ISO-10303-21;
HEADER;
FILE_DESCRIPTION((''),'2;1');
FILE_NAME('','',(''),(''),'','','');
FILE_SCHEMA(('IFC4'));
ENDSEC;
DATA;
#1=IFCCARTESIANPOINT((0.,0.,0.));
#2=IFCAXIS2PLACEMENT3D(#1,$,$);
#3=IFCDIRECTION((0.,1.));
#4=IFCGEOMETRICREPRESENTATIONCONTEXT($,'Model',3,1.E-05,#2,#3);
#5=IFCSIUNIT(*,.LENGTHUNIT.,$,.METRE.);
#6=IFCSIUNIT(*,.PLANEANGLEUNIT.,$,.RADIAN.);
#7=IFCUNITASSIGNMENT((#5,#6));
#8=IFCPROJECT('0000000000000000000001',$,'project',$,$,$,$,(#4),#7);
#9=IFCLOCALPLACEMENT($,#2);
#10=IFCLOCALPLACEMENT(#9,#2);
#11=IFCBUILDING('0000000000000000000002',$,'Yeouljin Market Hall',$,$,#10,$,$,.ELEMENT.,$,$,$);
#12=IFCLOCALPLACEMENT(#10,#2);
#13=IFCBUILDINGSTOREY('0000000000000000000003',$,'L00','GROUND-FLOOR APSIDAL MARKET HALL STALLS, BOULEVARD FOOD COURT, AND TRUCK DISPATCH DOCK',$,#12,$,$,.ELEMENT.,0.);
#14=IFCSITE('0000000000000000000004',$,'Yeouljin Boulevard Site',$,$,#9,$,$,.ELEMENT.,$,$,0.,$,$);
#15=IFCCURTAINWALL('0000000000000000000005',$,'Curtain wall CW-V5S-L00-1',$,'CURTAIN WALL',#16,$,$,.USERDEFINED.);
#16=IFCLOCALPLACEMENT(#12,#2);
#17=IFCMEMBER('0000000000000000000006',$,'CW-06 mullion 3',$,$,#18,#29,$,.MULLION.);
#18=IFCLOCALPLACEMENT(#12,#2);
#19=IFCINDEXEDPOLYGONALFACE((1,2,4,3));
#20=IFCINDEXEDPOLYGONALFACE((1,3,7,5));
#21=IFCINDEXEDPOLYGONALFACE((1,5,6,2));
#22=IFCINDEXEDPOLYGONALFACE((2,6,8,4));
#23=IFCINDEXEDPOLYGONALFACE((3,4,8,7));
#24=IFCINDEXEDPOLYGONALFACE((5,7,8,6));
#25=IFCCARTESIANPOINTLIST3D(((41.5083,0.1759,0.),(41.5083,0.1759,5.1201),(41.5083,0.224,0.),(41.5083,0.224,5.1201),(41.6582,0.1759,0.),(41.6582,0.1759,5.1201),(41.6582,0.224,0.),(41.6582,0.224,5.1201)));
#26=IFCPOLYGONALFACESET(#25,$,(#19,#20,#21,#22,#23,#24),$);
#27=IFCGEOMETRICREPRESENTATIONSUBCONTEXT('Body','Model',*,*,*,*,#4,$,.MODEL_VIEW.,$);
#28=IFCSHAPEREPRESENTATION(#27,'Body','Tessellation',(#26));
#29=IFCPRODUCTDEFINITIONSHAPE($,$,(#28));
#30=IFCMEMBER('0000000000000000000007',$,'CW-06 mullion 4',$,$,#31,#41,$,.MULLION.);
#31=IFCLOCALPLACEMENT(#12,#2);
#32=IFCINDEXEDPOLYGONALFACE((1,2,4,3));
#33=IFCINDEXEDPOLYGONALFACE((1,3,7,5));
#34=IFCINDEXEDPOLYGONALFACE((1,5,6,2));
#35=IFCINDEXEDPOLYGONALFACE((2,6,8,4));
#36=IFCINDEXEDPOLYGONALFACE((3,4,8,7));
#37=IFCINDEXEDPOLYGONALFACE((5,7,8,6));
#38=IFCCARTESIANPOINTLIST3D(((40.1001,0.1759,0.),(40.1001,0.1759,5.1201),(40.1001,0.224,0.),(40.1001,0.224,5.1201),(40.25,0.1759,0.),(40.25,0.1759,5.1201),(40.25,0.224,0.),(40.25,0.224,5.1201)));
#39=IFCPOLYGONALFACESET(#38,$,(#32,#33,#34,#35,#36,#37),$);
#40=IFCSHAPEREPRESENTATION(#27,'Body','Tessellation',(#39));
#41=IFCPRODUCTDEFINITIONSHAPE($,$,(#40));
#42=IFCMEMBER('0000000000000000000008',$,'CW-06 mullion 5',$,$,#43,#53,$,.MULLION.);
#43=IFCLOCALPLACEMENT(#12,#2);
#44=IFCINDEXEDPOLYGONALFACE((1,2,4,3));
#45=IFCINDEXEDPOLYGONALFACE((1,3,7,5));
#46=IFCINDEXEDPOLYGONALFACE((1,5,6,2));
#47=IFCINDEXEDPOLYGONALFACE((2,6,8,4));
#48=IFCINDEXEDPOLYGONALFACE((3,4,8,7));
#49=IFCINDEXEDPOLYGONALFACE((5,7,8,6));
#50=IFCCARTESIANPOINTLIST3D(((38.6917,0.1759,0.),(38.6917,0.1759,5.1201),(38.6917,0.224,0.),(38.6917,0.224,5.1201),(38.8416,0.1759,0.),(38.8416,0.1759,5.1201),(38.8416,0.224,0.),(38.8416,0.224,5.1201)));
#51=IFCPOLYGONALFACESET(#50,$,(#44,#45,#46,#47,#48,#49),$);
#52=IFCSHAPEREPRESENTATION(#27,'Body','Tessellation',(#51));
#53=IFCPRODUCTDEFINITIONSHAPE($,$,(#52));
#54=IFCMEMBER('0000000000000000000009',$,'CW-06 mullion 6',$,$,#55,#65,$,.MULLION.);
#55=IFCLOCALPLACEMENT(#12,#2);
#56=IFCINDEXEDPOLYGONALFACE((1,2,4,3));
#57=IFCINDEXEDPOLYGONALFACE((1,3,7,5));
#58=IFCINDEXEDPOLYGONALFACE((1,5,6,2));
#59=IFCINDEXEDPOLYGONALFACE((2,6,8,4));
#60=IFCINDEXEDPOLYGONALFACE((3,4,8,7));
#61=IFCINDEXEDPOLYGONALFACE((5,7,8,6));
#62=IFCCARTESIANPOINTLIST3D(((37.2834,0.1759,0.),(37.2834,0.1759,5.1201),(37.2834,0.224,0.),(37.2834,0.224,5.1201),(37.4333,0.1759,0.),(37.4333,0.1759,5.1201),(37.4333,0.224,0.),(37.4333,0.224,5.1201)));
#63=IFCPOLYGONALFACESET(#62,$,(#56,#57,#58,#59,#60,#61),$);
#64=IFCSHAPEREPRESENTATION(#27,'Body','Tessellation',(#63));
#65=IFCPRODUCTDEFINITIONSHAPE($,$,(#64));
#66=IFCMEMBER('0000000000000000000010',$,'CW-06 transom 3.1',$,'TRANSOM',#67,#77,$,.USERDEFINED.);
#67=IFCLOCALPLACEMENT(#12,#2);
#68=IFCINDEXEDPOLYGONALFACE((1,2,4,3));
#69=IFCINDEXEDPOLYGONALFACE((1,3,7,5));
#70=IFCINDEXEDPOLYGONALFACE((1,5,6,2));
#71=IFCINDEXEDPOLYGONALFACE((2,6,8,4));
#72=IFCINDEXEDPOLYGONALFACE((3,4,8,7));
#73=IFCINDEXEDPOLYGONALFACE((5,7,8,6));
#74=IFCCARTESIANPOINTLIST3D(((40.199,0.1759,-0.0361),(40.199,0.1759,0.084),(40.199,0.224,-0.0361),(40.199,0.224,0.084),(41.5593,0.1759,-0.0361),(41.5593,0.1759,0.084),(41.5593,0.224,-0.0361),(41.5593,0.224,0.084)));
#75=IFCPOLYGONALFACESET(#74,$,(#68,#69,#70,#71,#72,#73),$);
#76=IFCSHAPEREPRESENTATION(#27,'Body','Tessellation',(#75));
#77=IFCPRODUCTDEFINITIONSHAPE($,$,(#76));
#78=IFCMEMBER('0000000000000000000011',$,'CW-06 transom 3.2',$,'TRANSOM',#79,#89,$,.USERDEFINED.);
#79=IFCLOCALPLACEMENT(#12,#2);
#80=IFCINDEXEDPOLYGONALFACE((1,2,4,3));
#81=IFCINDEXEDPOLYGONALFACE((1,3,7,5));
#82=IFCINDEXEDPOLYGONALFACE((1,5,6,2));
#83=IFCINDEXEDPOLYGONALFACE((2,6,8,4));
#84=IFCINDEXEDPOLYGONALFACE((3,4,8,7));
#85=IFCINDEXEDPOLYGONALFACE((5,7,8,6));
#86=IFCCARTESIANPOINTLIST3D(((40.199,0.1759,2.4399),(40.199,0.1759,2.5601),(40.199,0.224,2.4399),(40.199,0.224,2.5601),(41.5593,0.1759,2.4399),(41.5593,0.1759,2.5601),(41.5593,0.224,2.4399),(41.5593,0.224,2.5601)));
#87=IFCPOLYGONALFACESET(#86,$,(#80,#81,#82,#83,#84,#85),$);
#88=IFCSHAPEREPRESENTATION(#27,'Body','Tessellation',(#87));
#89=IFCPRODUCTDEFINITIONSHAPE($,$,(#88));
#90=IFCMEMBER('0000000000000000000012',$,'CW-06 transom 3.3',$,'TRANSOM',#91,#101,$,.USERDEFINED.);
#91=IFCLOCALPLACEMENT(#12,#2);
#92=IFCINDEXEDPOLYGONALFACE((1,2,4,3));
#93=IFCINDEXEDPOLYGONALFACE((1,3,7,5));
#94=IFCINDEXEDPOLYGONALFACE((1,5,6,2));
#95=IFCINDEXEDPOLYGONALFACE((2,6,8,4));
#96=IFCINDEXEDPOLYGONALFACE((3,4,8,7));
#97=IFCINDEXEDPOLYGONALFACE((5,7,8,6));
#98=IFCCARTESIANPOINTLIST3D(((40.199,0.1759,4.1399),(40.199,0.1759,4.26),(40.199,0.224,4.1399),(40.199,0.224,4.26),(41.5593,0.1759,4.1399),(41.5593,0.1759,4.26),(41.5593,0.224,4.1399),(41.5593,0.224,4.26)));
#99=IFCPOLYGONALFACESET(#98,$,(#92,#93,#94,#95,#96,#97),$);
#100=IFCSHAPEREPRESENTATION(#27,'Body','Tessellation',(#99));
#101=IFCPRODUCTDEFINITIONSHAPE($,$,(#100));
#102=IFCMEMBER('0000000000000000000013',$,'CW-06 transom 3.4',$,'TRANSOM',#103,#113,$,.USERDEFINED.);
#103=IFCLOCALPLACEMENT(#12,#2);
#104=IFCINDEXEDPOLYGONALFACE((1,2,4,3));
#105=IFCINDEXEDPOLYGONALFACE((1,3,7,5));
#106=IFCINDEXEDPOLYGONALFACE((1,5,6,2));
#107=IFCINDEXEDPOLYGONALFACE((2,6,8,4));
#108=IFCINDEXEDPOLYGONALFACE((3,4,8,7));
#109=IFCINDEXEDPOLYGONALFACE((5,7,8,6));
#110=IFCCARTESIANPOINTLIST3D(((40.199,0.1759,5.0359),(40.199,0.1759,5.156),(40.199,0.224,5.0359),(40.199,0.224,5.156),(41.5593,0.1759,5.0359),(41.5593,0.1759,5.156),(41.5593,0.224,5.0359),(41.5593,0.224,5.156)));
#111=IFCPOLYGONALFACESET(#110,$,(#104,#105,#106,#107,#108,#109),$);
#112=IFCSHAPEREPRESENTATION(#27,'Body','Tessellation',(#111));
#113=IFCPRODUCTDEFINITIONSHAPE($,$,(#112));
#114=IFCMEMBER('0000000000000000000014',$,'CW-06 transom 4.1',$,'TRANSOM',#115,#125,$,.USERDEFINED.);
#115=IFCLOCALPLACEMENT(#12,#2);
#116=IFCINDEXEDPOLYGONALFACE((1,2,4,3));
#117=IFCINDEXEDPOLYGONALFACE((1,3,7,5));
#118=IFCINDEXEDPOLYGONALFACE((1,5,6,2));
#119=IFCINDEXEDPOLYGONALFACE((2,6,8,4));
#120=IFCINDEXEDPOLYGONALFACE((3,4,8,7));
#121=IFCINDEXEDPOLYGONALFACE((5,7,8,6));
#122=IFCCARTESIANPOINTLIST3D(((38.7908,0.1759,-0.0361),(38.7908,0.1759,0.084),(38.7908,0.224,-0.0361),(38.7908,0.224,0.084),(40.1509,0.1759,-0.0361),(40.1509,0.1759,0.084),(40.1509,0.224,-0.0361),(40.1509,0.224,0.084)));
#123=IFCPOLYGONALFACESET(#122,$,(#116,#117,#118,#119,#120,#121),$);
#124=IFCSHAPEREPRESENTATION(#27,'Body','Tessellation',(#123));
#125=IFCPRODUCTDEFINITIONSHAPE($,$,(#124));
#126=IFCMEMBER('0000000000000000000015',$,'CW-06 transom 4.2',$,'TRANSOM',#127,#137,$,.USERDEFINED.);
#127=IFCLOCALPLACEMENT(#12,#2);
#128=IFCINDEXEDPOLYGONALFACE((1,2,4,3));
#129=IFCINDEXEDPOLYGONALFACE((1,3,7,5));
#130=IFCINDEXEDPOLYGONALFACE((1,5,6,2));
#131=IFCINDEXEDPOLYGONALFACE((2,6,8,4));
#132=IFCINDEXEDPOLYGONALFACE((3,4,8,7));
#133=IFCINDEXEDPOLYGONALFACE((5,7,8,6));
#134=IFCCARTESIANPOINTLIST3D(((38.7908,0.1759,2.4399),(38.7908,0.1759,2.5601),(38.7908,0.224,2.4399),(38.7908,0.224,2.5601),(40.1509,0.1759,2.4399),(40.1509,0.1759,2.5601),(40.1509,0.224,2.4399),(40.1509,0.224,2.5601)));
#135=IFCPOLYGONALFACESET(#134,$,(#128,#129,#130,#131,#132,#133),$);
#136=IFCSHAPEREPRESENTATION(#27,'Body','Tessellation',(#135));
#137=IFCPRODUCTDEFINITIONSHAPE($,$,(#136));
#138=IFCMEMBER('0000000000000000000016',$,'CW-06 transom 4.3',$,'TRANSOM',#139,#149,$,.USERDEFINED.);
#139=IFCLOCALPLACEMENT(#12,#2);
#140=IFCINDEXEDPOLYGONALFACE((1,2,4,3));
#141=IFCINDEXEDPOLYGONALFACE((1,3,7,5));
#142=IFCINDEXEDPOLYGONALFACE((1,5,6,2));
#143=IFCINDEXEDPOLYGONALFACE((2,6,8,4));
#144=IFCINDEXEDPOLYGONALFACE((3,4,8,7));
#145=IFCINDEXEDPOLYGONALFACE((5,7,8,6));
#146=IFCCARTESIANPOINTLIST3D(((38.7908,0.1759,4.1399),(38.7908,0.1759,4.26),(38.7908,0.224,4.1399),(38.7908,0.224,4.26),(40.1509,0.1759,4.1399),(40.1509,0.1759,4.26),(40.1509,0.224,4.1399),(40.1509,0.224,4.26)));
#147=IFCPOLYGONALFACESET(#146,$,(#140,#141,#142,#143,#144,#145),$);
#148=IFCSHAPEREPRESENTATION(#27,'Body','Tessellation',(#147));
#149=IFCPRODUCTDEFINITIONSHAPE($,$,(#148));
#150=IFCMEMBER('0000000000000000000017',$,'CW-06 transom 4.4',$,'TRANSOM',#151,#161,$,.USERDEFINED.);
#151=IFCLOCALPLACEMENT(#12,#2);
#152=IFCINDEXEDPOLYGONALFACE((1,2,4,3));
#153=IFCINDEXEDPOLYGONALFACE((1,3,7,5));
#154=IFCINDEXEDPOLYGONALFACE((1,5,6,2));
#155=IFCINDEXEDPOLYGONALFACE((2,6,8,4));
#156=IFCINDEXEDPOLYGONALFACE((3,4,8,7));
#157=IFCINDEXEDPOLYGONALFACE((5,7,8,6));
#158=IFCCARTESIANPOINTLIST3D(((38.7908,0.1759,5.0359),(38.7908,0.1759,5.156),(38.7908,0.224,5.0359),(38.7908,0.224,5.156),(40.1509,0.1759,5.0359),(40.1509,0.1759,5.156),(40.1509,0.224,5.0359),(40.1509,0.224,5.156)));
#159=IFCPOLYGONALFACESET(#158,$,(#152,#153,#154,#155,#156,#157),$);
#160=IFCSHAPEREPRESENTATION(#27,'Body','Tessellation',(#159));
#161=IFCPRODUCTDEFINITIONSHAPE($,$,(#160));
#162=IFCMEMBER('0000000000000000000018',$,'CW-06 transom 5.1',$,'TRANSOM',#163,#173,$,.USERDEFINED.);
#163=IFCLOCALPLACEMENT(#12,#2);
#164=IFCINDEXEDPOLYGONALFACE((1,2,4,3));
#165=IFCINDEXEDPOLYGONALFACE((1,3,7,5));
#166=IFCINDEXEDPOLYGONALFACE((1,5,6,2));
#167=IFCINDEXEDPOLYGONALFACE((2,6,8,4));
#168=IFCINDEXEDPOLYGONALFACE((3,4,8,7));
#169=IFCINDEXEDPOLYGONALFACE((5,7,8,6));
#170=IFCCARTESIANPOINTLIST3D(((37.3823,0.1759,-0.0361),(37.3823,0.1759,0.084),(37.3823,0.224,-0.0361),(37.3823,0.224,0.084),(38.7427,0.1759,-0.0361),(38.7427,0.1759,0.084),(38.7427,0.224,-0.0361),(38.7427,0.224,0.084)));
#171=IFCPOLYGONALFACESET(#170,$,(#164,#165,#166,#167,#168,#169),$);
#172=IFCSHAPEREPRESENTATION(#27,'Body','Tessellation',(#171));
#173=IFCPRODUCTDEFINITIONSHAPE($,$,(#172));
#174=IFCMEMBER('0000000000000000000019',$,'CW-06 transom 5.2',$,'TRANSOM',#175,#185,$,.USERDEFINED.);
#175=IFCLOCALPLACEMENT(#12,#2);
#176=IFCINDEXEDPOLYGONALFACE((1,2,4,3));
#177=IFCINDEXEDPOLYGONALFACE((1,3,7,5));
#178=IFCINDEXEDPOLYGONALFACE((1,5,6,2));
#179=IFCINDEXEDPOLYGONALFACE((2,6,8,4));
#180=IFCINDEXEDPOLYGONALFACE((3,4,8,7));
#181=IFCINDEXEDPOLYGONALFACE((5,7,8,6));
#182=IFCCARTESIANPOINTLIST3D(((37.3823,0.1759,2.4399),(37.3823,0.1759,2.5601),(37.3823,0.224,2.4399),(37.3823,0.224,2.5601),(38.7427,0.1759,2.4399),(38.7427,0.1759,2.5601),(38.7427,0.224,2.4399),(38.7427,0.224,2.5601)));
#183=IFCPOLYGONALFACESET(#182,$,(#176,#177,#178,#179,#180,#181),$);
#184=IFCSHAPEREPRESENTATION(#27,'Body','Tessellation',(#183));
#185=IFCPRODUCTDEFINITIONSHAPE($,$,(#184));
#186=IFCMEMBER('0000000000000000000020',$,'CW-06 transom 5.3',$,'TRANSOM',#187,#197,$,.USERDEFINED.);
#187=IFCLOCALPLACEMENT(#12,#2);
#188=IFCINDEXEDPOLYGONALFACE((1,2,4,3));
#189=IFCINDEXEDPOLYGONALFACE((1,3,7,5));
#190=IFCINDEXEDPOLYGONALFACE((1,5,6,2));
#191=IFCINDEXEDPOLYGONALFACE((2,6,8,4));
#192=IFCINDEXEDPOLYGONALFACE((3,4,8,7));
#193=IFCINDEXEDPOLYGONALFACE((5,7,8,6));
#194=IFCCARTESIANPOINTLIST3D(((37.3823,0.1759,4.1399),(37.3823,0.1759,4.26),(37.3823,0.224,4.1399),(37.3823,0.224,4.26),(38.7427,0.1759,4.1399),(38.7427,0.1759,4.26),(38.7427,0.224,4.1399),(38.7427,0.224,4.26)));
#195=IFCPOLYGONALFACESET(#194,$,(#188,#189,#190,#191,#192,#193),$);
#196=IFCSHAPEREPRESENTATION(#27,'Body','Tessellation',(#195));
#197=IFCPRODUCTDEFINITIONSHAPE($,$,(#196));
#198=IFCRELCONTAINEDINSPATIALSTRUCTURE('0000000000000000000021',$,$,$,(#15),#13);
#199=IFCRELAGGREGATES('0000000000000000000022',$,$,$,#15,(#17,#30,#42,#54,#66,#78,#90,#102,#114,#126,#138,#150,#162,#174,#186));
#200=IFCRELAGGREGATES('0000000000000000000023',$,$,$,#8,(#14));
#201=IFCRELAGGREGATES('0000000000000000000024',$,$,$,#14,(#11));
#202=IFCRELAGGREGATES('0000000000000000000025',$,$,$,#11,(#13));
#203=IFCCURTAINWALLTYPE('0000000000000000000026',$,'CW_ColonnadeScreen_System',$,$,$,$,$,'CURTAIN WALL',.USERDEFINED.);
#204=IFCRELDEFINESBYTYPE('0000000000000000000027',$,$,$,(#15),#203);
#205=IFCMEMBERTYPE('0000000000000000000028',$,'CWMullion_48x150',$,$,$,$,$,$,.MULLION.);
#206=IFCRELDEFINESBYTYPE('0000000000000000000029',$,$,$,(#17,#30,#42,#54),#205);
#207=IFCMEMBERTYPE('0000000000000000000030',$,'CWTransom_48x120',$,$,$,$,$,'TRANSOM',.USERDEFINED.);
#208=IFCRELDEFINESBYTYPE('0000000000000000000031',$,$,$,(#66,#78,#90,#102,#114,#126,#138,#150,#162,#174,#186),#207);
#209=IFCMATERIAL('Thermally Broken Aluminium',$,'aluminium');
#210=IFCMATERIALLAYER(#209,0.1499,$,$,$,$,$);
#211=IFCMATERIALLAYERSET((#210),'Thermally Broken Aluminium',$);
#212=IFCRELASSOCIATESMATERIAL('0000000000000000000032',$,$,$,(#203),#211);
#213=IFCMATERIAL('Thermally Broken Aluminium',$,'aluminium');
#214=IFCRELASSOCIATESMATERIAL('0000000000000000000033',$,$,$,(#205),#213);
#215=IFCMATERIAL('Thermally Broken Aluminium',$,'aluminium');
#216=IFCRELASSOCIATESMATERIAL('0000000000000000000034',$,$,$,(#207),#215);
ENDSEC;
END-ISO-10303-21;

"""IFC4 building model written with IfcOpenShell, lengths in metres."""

from ifc_helpers import new_model, si_unit, direction, frame, origin, origin_2d, place, context, subcontext, project, spatial, rectangle, extrude, material, layer, layer_set, material_profile, profile_set, type_object, element, aggregate, save


model = new_model("IFC4")

# Units and contexts
model_context = context("Model", 3, precision=1e-05, world=origin(), true_north=direction((0.0, 1.0)))
body_context = subcontext(model_context, "Body", "Model", "MODEL_VIEW")
ifc_project = project(units=[si_unit("LENGTHUNIT", "METRE"), si_unit("PLANEANGLEUNIT", "RADIAN")], contexts=[model_context])

# Site, building, storey
site_placement = place(None, origin())
site = spatial("IfcSite", under=ifc_project, at=site_placement, Name="Yeouljin Boulevard Site", CompositionType="ELEMENT", RefElevation=0.0)
building_placement = place(site_placement, origin())
building = spatial("IfcBuilding", under=site, at=building_placement, Name="Yeouljin Market Hall", CompositionType="ELEMENT")
storey_placement = place(building_placement, origin())
storey = spatial("IfcBuildingStorey", under=building, at=storey_placement, Name="L00", Description="GROUND-FLOOR APSIDAL MARKET HALL STALLS, BOULEVARD FOOD COURT, AND TRUCK DISPATCH DOCK", CompositionType="ELEMENT", Elevation=0.0)

# Curtain wall, members
ifc_material_1 = material(Name="Thermally Broken Aluminium", Category="aluminium")
ifc_layer_1 = layer(ifc_material_1, 0.1499)
ifc_layer_set_1 = layer_set([ifc_layer_1], Name="Thermally Broken Aluminium")
curtain_wall_type = type_object("IfcCurtainWallType", Name="CW_ColonnadeScreen_System", ElementType="CURTAIN WALL", PredefinedType="USERDEFINED", material=ifc_layer_set_1)
curtain_wall_placement = place(storey_placement, origin())
curtain_wall = element("IfcCurtainWall", 1, at=curtain_wall_placement, inside=storey, type_object=curtain_wall_type, Name="Curtain wall CW-V5S-L00-1", ObjectType="CURTAIN WALL", PredefinedType="USERDEFINED")
ifc_material_2 = material(Name="Thermally Broken Aluminium", Category="aluminium")
ifc_material_profile_1 = material_profile(ifc_material_2, rectangle(XDim=0.0481, YDim=0.1499, at=origin_2d()), Name="CW-MULL-48x150")
ifc_profile_set_1 = profile_set([ifc_material_profile_1], Name="Thermally Broken Aluminium")
member_type_1 = type_object("IfcMemberType", Name="CWMullion_48x150", PredefinedType="MULLION", material=ifc_profile_set_1)
member_1_placement = place(storey_placement, frame((41.5833, 0.2, 0.0), z_axis=(0.0, 0.0, 1.0), x_axis=(0.0, -1.0, 0.0)))
member_1 = element("IfcMember", 2, at=member_1_placement, type_object=member_type_1, Name="CW-06 mullion 3", PredefinedType="MULLION", context=body_context, shape_type="SweptSolid", body=[
    extrude(rectangle(XDim=0.0481, YDim=0.1499, at=origin_2d()), origin(), (0.0, 0.0, 1.0), 5.1201),
])
member_2_placement = place(storey_placement, frame((40.175, 0.2, 0.0), z_axis=(0.0, 0.0, 1.0), x_axis=(0.0, -1.0, 0.0)))
member_2 = element("IfcMember", 3, at=member_2_placement, type_object=member_type_1, Name="CW-06 mullion 4", PredefinedType="MULLION", context=body_context, shape_type="SweptSolid", body=[
    extrude(rectangle(XDim=0.0481, YDim=0.1499, at=origin_2d()), origin(), (0.0, 0.0, 1.0), 5.1201),
])
member_3_placement = place(storey_placement, frame((38.7666, 0.2, 0.0), z_axis=(0.0, 0.0, 1.0), x_axis=(0.0, -1.0, 0.0)))
member_3 = element("IfcMember", 4, at=member_3_placement, type_object=member_type_1, Name="CW-06 mullion 5", PredefinedType="MULLION", context=body_context, shape_type="SweptSolid", body=[
    extrude(rectangle(XDim=0.0481, YDim=0.1499, at=origin_2d()), origin(), (0.0, 0.0, 1.0), 5.1201),
])
member_4_placement = place(storey_placement, frame((37.3584, 0.2, 0.0), z_axis=(0.0, 0.0, 1.0), x_axis=(0.0, -1.0, 0.0)))
member_4 = element("IfcMember", 5, at=member_4_placement, type_object=member_type_1, Name="CW-06 mullion 6", PredefinedType="MULLION", context=body_context, shape_type="SweptSolid", body=[
    extrude(rectangle(XDim=0.0481, YDim=0.1499, at=origin_2d()), origin(), (0.0, 0.0, 1.0), 5.1201),
])
ifc_material_3 = material(Name="Thermally Broken Aluminium", Category="aluminium")
ifc_material_profile_2 = material_profile(ifc_material_3, rectangle(XDim=0.0481, YDim=0.1201, at=origin_2d()), Name="CW-TRAN-48x120")
ifc_profile_set_2 = profile_set([ifc_material_profile_2], Name="Thermally Broken Aluminium")
member_type_2 = type_object("IfcMemberType", Name="CWTransom_48x120", ElementType="TRANSOM", PredefinedType="USERDEFINED", material=ifc_profile_set_2)
member_5_placement = place(storey_placement, frame((41.5593, 0.2, 0.0239), z_axis=(-1.0, 0.0, 0.0), x_axis=(0.0, -1.0, 0.0)))
member_5 = element("IfcMember", 6, at=member_5_placement, type_object=member_type_2, Name="CW-06 transom 3.1", ObjectType="TRANSOM", PredefinedType="USERDEFINED", context=body_context, shape_type="SweptSolid", body=[
    extrude(rectangle(XDim=0.0481, YDim=0.1201, at=origin_2d()), origin(), (0.0, 0.0, 1.0), 1.3604),
])
member_6_placement = place(storey_placement, frame((41.5593, 0.2, 2.5), z_axis=(-1.0, 0.0, 0.0), x_axis=(0.0, -1.0, 0.0)))
member_6 = element("IfcMember", 7, at=member_6_placement, type_object=member_type_2, Name="CW-06 transom 3.2", ObjectType="TRANSOM", PredefinedType="USERDEFINED", context=body_context, shape_type="SweptSolid", body=[
    extrude(rectangle(XDim=0.0481, YDim=0.1201, at=origin_2d()), origin(), (0.0, 0.0, 1.0), 1.3604),
])
member_7_placement = place(storey_placement, frame((41.5593, 0.2, 4.2), z_axis=(-1.0, 0.0, 0.0), x_axis=(0.0, -1.0, 0.0)))
member_7 = element("IfcMember", 8, at=member_7_placement, type_object=member_type_2, Name="CW-06 transom 3.3", ObjectType="TRANSOM", PredefinedType="USERDEFINED", context=body_context, shape_type="SweptSolid", body=[
    extrude(rectangle(XDim=0.0481, YDim=0.1201, at=origin_2d()), origin(), (0.0, 0.0, 1.0), 1.3604),
])
member_8_placement = place(storey_placement, frame((41.5593, 0.2, 5.0959), z_axis=(-1.0, 0.0, 0.0), x_axis=(0.0, -1.0, 0.0)))
member_8 = element("IfcMember", 9, at=member_8_placement, type_object=member_type_2, Name="CW-06 transom 3.4", ObjectType="TRANSOM", PredefinedType="USERDEFINED", context=body_context, shape_type="SweptSolid", body=[
    extrude(rectangle(XDim=0.0481, YDim=0.1201, at=origin_2d()), origin(), (0.0, 0.0, 1.0), 1.3604),
])
member_9_placement = place(storey_placement, frame((40.1509, 0.2, 0.0239), z_axis=(-1.0, 0.0, 0.0), x_axis=(0.0, -1.0, 0.0)))
member_9 = element("IfcMember", 10, at=member_9_placement, type_object=member_type_2, Name="CW-06 transom 4.1", ObjectType="TRANSOM", PredefinedType="USERDEFINED", context=body_context, shape_type="SweptSolid", body=[
    extrude(rectangle(XDim=0.0481, YDim=0.1201, at=origin_2d()), origin(), (0.0, 0.0, 1.0), 1.3601),
])
member_10_placement = place(storey_placement, frame((40.1509, 0.2, 2.5), z_axis=(-1.0, 0.0, 0.0), x_axis=(0.0, -1.0, 0.0)))
member_10 = element("IfcMember", 11, at=member_10_placement, type_object=member_type_2, Name="CW-06 transom 4.2", ObjectType="TRANSOM", PredefinedType="USERDEFINED", context=body_context, shape_type="SweptSolid", body=[
    extrude(rectangle(XDim=0.0481, YDim=0.1201, at=origin_2d()), origin(), (0.0, 0.0, 1.0), 1.3601),
])
member_11_placement = place(storey_placement, frame((40.1509, 0.2, 4.2), z_axis=(-1.0, 0.0, 0.0), x_axis=(0.0, -1.0, 0.0)))
member_11 = element("IfcMember", 12, at=member_11_placement, type_object=member_type_2, Name="CW-06 transom 4.3", ObjectType="TRANSOM", PredefinedType="USERDEFINED", context=body_context, shape_type="SweptSolid", body=[
    extrude(rectangle(XDim=0.0481, YDim=0.1201, at=origin_2d()), origin(), (0.0, 0.0, 1.0), 1.3601),
])
member_12_placement = place(storey_placement, frame((40.1509, 0.2, 5.0959), z_axis=(-1.0, 0.0, 0.0), x_axis=(0.0, -1.0, 0.0)))
member_12 = element("IfcMember", 13, at=member_12_placement, type_object=member_type_2, Name="CW-06 transom 4.4", ObjectType="TRANSOM", PredefinedType="USERDEFINED", context=body_context, shape_type="SweptSolid", body=[
    extrude(rectangle(XDim=0.0481, YDim=0.1201, at=origin_2d()), origin(), (0.0, 0.0, 1.0), 1.3601),
])
member_13_placement = place(storey_placement, frame((38.7427, 0.2, 0.0239), z_axis=(-1.0, 0.0, 0.0), x_axis=(0.0, -1.0, 0.0)))
member_13 = element("IfcMember", 14, at=member_13_placement, type_object=member_type_2, Name="CW-06 transom 5.1", ObjectType="TRANSOM", PredefinedType="USERDEFINED", context=body_context, shape_type="SweptSolid", body=[
    extrude(rectangle(XDim=0.0481, YDim=0.1201, at=origin_2d()), origin(), (0.0, 0.0, 1.0), 1.3604),
])
member_14_placement = place(storey_placement, frame((38.7427, 0.2, 2.5), z_axis=(-1.0, 0.0, 0.0), x_axis=(0.0, -1.0, 0.0)))
member_14 = element("IfcMember", 15, at=member_14_placement, type_object=member_type_2, Name="CW-06 transom 5.2", ObjectType="TRANSOM", PredefinedType="USERDEFINED", context=body_context, shape_type="SweptSolid", body=[
    extrude(rectangle(XDim=0.0481, YDim=0.1201, at=origin_2d()), origin(), (0.0, 0.0, 1.0), 1.3604),
])
member_15_placement = place(storey_placement, frame((38.7427, 0.2, 4.2), z_axis=(-1.0, 0.0, 0.0), x_axis=(0.0, -1.0, 0.0)))
member_15 = element("IfcMember", 16, at=member_15_placement, type_object=member_type_2, Name="CW-06 transom 5.3", ObjectType="TRANSOM", PredefinedType="USERDEFINED", context=body_context, shape_type="SweptSolid", body=[
    extrude(rectangle(XDim=0.0481, YDim=0.1201, at=origin_2d()), origin(), (0.0, 0.0, 1.0), 1.3604),
])
aggregate(curtain_wall, [member_1, member_2, member_3, member_4, member_5, member_6, member_7, member_8, member_9, member_10, member_11, member_12, member_13, member_14, member_15])

save(model, "model.ifc")
